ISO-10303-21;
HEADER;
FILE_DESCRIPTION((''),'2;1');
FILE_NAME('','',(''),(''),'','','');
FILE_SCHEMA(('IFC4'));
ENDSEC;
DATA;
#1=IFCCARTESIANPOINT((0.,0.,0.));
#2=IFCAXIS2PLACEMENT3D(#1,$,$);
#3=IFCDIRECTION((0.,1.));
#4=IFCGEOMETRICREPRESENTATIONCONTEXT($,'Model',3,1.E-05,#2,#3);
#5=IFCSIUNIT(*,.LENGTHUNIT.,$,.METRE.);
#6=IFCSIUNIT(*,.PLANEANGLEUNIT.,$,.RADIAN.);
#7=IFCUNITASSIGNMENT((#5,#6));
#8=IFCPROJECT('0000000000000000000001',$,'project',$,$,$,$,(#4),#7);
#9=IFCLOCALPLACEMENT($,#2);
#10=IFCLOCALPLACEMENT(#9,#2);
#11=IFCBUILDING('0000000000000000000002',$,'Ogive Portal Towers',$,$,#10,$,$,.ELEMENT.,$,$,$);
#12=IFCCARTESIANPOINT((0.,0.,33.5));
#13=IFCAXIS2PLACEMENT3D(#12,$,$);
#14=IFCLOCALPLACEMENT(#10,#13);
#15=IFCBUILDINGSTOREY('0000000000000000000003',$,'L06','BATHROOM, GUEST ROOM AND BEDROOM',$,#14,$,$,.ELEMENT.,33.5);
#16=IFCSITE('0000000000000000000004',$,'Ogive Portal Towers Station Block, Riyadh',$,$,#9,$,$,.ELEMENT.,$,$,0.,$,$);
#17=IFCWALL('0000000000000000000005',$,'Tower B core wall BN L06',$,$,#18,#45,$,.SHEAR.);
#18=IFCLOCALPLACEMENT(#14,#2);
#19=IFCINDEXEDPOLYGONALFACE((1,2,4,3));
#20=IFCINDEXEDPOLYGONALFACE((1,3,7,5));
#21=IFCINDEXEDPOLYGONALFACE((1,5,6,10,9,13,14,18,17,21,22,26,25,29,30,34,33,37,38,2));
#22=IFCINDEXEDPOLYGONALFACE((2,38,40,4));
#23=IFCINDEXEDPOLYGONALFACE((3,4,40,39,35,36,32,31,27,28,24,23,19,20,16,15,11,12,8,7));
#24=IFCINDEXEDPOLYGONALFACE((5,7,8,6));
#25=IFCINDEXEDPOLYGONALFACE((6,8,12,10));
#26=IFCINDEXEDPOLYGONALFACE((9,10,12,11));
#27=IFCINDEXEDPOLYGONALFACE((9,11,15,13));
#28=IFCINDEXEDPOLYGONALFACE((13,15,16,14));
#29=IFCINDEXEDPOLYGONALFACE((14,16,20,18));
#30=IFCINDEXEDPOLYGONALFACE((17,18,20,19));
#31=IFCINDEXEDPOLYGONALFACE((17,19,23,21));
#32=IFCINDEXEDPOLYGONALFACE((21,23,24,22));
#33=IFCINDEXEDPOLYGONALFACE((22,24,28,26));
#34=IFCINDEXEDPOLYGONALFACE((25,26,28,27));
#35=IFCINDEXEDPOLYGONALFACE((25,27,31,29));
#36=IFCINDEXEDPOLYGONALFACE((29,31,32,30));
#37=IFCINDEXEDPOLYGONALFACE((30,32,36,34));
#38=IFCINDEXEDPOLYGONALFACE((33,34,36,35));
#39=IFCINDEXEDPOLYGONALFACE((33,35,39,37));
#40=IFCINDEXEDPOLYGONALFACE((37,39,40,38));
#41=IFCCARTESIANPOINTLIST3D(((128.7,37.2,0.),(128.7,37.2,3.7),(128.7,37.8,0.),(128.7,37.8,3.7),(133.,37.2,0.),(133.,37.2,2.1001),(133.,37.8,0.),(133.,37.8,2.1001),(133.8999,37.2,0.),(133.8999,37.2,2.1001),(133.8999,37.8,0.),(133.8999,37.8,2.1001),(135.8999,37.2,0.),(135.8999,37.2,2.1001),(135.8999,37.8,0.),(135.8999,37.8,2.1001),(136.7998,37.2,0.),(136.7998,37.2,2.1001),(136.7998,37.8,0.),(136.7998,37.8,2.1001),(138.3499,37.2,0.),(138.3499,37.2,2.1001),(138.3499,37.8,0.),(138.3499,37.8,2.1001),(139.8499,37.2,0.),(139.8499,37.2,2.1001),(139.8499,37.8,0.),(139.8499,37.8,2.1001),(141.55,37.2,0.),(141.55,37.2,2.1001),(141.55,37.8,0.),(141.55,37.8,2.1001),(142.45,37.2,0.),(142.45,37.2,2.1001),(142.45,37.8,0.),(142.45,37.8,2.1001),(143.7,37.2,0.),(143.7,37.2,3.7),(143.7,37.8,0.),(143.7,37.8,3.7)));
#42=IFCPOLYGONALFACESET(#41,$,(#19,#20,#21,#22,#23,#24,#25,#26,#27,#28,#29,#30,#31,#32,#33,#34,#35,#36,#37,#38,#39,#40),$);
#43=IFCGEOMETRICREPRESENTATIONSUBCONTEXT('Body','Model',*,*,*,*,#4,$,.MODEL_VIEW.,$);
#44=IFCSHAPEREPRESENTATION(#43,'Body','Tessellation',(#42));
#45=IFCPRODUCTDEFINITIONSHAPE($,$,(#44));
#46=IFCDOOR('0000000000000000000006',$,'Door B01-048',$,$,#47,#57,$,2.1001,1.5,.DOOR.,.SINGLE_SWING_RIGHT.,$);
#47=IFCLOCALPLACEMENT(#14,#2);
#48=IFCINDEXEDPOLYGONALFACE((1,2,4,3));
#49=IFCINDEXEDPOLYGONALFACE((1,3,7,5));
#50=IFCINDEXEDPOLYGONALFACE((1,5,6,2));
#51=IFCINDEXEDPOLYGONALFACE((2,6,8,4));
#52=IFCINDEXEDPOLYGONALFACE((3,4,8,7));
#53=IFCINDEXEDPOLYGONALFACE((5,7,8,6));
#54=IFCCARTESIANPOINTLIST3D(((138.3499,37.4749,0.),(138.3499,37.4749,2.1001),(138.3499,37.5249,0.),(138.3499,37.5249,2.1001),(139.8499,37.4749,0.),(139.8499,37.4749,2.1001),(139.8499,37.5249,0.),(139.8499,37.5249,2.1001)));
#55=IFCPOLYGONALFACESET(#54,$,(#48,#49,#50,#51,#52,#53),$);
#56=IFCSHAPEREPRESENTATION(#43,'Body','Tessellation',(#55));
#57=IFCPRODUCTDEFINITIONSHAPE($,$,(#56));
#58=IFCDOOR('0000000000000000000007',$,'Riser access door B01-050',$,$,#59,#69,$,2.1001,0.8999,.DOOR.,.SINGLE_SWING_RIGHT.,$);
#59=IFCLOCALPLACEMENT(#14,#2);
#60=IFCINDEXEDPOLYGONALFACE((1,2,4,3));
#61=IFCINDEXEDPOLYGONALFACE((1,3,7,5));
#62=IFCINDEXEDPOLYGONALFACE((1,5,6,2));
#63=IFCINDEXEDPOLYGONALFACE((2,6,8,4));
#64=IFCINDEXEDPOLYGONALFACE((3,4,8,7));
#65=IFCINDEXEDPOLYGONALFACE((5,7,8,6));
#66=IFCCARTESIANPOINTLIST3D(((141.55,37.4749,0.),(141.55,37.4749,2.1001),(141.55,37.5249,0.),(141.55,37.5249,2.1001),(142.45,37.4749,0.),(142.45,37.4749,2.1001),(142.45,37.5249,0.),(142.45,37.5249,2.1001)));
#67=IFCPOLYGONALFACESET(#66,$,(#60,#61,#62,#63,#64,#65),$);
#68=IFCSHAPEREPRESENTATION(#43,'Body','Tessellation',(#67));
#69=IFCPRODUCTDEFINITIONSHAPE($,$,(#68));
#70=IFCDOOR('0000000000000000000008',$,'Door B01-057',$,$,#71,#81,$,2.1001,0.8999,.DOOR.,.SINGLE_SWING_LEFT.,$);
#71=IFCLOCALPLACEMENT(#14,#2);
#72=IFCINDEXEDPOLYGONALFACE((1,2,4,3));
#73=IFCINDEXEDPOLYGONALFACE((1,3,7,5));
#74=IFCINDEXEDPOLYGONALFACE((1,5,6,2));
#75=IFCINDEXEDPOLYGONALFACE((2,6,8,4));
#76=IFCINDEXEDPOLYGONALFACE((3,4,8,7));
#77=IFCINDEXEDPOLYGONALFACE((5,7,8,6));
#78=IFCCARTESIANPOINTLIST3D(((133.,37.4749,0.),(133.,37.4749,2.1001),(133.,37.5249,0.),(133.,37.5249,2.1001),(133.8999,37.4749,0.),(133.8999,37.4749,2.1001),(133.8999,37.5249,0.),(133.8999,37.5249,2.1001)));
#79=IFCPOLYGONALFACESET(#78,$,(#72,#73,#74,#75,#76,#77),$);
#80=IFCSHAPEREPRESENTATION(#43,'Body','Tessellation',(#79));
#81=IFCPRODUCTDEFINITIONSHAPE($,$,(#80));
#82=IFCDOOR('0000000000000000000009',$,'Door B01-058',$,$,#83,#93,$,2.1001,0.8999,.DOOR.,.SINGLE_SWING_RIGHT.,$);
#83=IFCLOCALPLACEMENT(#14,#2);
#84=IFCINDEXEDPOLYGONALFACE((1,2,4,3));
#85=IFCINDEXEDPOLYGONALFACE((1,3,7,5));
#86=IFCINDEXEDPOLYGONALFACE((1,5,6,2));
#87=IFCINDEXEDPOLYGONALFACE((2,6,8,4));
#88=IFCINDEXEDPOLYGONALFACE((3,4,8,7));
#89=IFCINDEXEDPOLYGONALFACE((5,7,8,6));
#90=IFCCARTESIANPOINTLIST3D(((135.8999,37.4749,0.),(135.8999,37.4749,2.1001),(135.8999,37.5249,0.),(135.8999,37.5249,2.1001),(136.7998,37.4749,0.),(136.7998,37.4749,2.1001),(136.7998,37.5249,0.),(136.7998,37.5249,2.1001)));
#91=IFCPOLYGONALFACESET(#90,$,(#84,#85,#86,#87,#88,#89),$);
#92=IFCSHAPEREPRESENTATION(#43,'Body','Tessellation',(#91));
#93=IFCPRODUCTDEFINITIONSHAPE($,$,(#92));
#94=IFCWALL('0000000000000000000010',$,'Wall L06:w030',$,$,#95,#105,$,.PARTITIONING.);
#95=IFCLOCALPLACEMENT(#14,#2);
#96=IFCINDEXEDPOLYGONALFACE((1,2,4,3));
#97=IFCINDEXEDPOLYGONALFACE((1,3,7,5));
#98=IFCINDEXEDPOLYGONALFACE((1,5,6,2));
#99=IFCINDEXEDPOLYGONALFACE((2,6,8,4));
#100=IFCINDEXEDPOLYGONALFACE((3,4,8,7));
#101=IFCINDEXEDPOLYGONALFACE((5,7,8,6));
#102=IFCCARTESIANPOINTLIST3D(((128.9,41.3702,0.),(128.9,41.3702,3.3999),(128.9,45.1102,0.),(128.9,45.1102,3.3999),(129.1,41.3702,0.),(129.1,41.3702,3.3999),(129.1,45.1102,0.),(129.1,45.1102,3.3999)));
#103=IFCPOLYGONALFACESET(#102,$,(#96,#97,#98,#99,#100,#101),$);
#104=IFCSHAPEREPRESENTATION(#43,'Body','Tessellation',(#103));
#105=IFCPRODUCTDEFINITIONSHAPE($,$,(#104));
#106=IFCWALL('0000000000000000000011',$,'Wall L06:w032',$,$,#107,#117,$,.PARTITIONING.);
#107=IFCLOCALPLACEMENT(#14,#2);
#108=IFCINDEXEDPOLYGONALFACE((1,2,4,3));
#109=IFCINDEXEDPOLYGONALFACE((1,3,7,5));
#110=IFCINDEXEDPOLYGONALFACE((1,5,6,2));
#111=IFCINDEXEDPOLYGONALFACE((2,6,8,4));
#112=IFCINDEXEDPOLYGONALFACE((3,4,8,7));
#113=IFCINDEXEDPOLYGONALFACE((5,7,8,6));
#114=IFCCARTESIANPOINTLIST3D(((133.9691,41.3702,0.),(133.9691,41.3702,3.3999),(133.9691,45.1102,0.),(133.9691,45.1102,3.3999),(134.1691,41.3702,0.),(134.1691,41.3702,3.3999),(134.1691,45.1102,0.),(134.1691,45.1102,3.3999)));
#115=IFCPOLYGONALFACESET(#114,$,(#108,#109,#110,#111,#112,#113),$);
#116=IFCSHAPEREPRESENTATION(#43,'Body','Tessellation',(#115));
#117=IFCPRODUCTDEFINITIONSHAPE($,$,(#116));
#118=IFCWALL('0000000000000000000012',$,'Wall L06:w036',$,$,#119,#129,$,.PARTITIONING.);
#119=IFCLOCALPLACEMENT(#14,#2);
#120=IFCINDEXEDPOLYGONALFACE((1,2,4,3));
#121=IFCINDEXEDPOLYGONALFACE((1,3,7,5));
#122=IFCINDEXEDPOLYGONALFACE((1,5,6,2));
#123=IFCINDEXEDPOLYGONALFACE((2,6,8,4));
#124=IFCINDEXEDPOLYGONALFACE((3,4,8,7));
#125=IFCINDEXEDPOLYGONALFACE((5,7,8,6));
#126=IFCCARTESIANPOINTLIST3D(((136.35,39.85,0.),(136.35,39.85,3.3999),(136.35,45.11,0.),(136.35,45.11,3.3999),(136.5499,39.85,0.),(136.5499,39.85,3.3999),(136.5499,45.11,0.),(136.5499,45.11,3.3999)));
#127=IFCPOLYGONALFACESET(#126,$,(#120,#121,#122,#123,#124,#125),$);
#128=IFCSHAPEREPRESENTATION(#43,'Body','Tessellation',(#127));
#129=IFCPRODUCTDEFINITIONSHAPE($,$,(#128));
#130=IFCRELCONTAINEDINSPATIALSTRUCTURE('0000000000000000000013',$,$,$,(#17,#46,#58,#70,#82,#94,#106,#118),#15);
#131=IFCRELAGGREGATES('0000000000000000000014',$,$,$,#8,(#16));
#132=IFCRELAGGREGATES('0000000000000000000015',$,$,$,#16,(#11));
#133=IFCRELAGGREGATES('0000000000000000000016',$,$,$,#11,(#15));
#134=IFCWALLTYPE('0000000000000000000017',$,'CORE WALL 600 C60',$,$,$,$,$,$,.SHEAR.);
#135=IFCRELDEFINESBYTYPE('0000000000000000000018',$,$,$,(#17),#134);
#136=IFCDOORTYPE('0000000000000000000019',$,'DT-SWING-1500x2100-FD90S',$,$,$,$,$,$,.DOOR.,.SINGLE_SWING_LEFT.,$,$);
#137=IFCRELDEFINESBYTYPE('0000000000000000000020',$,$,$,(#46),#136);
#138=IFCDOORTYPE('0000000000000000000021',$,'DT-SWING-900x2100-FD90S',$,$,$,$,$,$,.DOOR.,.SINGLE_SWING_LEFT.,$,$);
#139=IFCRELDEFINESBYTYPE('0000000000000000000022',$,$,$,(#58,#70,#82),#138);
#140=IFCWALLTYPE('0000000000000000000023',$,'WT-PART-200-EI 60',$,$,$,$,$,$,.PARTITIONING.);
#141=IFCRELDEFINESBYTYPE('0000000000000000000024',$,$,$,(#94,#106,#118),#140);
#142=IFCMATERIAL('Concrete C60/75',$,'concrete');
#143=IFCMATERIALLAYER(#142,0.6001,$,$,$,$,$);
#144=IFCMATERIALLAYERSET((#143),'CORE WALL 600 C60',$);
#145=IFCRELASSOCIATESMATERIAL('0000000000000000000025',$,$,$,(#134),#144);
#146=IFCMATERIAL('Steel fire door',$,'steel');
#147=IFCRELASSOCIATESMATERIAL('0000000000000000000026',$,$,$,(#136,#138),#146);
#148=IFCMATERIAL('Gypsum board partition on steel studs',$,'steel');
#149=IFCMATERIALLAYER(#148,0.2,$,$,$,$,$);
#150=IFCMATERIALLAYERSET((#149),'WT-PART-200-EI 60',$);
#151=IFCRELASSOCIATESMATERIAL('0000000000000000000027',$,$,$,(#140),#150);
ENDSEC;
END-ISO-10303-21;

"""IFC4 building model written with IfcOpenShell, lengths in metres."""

from ifc_helpers import new_model, si_unit, direction, frame, frame_2d, origin, place, context, subcontext, project, spatial, rectangle, extrude, material, layer, layer_set, type_object, element, fill, save


model = new_model("IFC4")

# Units and contexts
model_context = context("Model", 3, precision=1e-05, world=origin(), true_north=direction((0.0, 1.0)))
body_context = subcontext(model_context, "Body", "Model", "MODEL_VIEW")
ifc_project = project(units=[si_unit("LENGTHUNIT", "METRE"), si_unit("PLANEANGLEUNIT", "RADIAN")], contexts=[model_context])

# Site, building, storey
site_placement = place(None, origin())
site = spatial("IfcSite", under=ifc_project, at=site_placement, Name="Ogive Portal Towers Station Block, Riyadh", CompositionType="ELEMENT", RefElevation=0.0)
building_placement = place(site_placement, origin())
building = spatial("IfcBuilding", under=site, at=building_placement, Name="Ogive Portal Towers", CompositionType="ELEMENT")
storey_placement = place(building_placement, frame((0.0, 0.0, 33.5)))
storey = spatial("IfcBuildingStorey", under=building, at=storey_placement, Name="L06", Description="BATHROOM, GUEST ROOM AND BEDROOM", CompositionType="ELEMENT", Elevation=33.5)

# Shared definitions
ifc_material_1 = material(Name="Concrete C60/75", Category="concrete")

# Wall, openings, doors
ifc_layer_1 = layer(ifc_material_1, 0.6001)
ifc_layer_set_1 = layer_set([ifc_layer_1], Name="CORE WALL 600 C60")
wall_type_1 = type_object("IfcWallType", Name="CORE WALL 600 C60", PredefinedType="SHEAR", material=ifc_layer_set_1)
wall_1_placement = place(storey_placement, frame((128.7, 37.5, 0.0), z_axis=(0.0, 0.0, 1.0), x_axis=(1.0, 0.0, 0.0)))
wall_1 = element("IfcWall", 1, at=wall_1_placement, inside=storey, type_object=wall_type_1, Name="Tower B core wall BN L06", PredefinedType="SHEAR", context=body_context, shape_type="SweptSolid", body=[
    extrude(rectangle(XDim=15.0, YDim=0.6001, at=frame_2d((7.5, 0.0))), origin(), (0.0, 0.0, 1.0), 3.7),
])
opening_1_placement = place(wall_1_placement, frame((9.6499, 0.0, 0.0)))
opening_1 = element("IfcOpeningElement", 2, at=opening_1_placement, cuts=wall_1, PredefinedType="OPENING", context=body_context, shape_type="SweptSolid", body=[
    extrude(rectangle(XDim=1.5, YDim=2.1001, at=frame_2d((0.75, 1.05))), frame((0.0, 0.3101, 0.0), z_axis=(0.0, -1.0, 0.0), x_axis=(1.0, 0.0, 0.0)), (0.0, 0.0, 1.0), 0.6201),
])
opening_2_placement = place(wall_1_placement, frame((12.8501, 0.0, 0.0)))
opening_2 = element("IfcOpeningElement", 3, at=opening_2_placement, cuts=wall_1, PredefinedType="OPENING", context=body_context, shape_type="SweptSolid", body=[
    extrude(rectangle(XDim=0.8999, YDim=2.1001, at=frame_2d((0.45, 1.05))), frame((0.0, 0.3101, 0.0), z_axis=(0.0, -1.0, 0.0), x_axis=(1.0, 0.0, 0.0)), (0.0, 0.0, 1.0), 0.6201),
])
opening_3_placement = place(wall_1_placement, frame((4.3, 0.0, 0.0)))
opening_3 = element("IfcOpeningElement", 4, at=opening_3_placement, cuts=wall_1, PredefinedType="OPENING", context=body_context, shape_type="SweptSolid", body=[
    extrude(rectangle(XDim=0.8999, YDim=2.1001, at=frame_2d((0.45, 1.05))), frame((0.0, 0.3101, 0.0), z_axis=(0.0, -1.0, 0.0), x_axis=(1.0, 0.0, 0.0)), (0.0, 0.0, 1.0), 0.6201),
])
opening_4_placement = place(wall_1_placement, frame((7.2, 0.0, 0.0)))
opening_4 = element("IfcOpeningElement", 5, at=opening_4_placement, cuts=wall_1, PredefinedType="OPENING", context=body_context, shape_type="SweptSolid", body=[
    extrude(rectangle(XDim=0.8999, YDim=2.1001, at=frame_2d((0.45, 1.05))), frame((0.0, 0.3101, 0.0), z_axis=(0.0, -1.0, 0.0), x_axis=(1.0, 0.0, 0.0)), (0.0, 0.0, 1.0), 0.6201),
])
ifc_material_2 = material(Name="Steel fire door", Category="steel")
door_type_1 = type_object("IfcDoorType", Name="DT-SWING-1500x2100-FD90S", OperationType="SINGLE_SWING_LEFT", PredefinedType="DOOR", material=ifc_material_2)
door_1_placement = place(opening_1_placement, origin())
door_1 = element("IfcDoor", 6, at=door_1_placement, inside=storey, type_object=door_type_1, Name="Door B01-048", OperationType="SINGLE_SWING_RIGHT", OverallHeight=2.1001, OverallWidth=1.5, PredefinedType="DOOR", context=body_context, shape_type="SweptSolid", body=[
    extrude(rectangle(XDim=1.5, YDim=2.1001, at=frame_2d((0.75, 1.05))), frame((0.0, 0.0249, 0.0), z_axis=(0.0, -1.0, 0.0), x_axis=(1.0, 0.0, 0.0)), (0.0, 0.0, 1.0), 0.05),
])
fill(opening_1, door_1)
door_type_2 = type_object("IfcDoorType", Name="DT-SWING-900x2100-FD90S", OperationType="SINGLE_SWING_LEFT", PredefinedType="DOOR", material=ifc_material_2)
door_2_placement = place(opening_2_placement, origin())
door_2 = element("IfcDoor", 7, at=door_2_placement, inside=storey, type_object=door_type_2, Name="Riser access door B01-050", OperationType="SINGLE_SWING_RIGHT", OverallHeight=2.1001, OverallWidth=0.8999, PredefinedType="DOOR", context=body_context, shape_type="SweptSolid", body=[
    extrude(rectangle(XDim=0.8999, YDim=2.1001, at=frame_2d((0.45, 1.05))), frame((0.0, 0.0249, 0.0), z_axis=(0.0, -1.0, 0.0), x_axis=(1.0, 0.0, 0.0)), (0.0, 0.0, 1.0), 0.05),
])
fill(opening_2, door_2)
door_3_placement = place(opening_3_placement, origin())
door_3 = element("IfcDoor", 8, at=door_3_placement, inside=storey, type_object=door_type_2, Name="Door B01-057", OperationType="SINGLE_SWING_LEFT", OverallHeight=2.1001, OverallWidth=0.8999, PredefinedType="DOOR", context=body_context, shape_type="SweptSolid", body=[
    extrude(rectangle(XDim=0.8999, YDim=2.1001, at=frame_2d((0.45, 1.05))), frame((0.0, 0.0249, 0.0), z_axis=(0.0, -1.0, 0.0), x_axis=(1.0, 0.0, 0.0)), (0.0, 0.0, 1.0), 0.05),
])
fill(opening_3, door_3)
door_4_placement = place(opening_4_placement, origin())
door_4 = element("IfcDoor", 9, at=door_4_placement, inside=storey, type_object=door_type_2, Name="Door B01-058", OperationType="SINGLE_SWING_RIGHT", OverallHeight=2.1001, OverallWidth=0.8999, PredefinedType="DOOR", context=body_context, shape_type="SweptSolid", body=[
    extrude(rectangle(XDim=0.8999, YDim=2.1001, at=frame_2d((0.45, 1.05))), frame((0.0, 0.0249, 0.0), z_axis=(0.0, -1.0, 0.0), x_axis=(1.0, 0.0, 0.0)), (0.0, 0.0, 1.0), 0.05),
])
fill(opening_4, door_4)

# Walls
ifc_material_3 = material(Name="Gypsum board partition on steel studs", Category="steel")
ifc_layer_2 = layer(ifc_material_3, 0.2)
ifc_layer_set_2 = layer_set([ifc_layer_2], Name="WT-PART-200-EI 60")
wall_type_2 = type_object("IfcWallType", Name="WT-PART-200-EI 60", PredefinedType="PARTITIONING", material=ifc_layer_set_2)
for number, where, z_axis, x_axis, name in (
    (10, (129.0, 41.3701, 0.0), (0.0, 0.0, 1.0), (0.0, 1.0, 0.0), "Wall L06:w030"),
    (11, (134.0691, 41.3701, 0.0), (0.0, 0.0, 1.0), (0.0, 1.0, 0.0), "Wall L06:w032"),
):
    element("IfcWall", number, at=place(storey_placement, frame(where, z_axis=z_axis, x_axis=x_axis)), inside=storey, type_object=wall_type_2, Name=name, PredefinedType="PARTITIONING", context=body_context, shape_type="SweptSolid", body=[
        extrude(rectangle(XDim=3.74, YDim=0.2, at=frame_2d((1.8701, 0.0))), origin(), (0.0, 0.0, 1.0), 3.3999),
    ])
wall_2_placement = place(storey_placement, frame((136.45, 39.8501, 0.0), z_axis=(0.0, 0.0, 1.0), x_axis=(0.0, 1.0, 0.0)))
element("IfcWall", 12, at=wall_2_placement, inside=storey, type_object=wall_type_2, Name="Wall L06:w036", PredefinedType="PARTITIONING", context=body_context, shape_type="SweptSolid", body=[
    extrude(rectangle(XDim=5.26, YDim=0.2, at=frame_2d((2.6299, 0.0))), origin(), (0.0, 0.0, 1.0), 3.3999),
])

save(model, "model.ifc")
